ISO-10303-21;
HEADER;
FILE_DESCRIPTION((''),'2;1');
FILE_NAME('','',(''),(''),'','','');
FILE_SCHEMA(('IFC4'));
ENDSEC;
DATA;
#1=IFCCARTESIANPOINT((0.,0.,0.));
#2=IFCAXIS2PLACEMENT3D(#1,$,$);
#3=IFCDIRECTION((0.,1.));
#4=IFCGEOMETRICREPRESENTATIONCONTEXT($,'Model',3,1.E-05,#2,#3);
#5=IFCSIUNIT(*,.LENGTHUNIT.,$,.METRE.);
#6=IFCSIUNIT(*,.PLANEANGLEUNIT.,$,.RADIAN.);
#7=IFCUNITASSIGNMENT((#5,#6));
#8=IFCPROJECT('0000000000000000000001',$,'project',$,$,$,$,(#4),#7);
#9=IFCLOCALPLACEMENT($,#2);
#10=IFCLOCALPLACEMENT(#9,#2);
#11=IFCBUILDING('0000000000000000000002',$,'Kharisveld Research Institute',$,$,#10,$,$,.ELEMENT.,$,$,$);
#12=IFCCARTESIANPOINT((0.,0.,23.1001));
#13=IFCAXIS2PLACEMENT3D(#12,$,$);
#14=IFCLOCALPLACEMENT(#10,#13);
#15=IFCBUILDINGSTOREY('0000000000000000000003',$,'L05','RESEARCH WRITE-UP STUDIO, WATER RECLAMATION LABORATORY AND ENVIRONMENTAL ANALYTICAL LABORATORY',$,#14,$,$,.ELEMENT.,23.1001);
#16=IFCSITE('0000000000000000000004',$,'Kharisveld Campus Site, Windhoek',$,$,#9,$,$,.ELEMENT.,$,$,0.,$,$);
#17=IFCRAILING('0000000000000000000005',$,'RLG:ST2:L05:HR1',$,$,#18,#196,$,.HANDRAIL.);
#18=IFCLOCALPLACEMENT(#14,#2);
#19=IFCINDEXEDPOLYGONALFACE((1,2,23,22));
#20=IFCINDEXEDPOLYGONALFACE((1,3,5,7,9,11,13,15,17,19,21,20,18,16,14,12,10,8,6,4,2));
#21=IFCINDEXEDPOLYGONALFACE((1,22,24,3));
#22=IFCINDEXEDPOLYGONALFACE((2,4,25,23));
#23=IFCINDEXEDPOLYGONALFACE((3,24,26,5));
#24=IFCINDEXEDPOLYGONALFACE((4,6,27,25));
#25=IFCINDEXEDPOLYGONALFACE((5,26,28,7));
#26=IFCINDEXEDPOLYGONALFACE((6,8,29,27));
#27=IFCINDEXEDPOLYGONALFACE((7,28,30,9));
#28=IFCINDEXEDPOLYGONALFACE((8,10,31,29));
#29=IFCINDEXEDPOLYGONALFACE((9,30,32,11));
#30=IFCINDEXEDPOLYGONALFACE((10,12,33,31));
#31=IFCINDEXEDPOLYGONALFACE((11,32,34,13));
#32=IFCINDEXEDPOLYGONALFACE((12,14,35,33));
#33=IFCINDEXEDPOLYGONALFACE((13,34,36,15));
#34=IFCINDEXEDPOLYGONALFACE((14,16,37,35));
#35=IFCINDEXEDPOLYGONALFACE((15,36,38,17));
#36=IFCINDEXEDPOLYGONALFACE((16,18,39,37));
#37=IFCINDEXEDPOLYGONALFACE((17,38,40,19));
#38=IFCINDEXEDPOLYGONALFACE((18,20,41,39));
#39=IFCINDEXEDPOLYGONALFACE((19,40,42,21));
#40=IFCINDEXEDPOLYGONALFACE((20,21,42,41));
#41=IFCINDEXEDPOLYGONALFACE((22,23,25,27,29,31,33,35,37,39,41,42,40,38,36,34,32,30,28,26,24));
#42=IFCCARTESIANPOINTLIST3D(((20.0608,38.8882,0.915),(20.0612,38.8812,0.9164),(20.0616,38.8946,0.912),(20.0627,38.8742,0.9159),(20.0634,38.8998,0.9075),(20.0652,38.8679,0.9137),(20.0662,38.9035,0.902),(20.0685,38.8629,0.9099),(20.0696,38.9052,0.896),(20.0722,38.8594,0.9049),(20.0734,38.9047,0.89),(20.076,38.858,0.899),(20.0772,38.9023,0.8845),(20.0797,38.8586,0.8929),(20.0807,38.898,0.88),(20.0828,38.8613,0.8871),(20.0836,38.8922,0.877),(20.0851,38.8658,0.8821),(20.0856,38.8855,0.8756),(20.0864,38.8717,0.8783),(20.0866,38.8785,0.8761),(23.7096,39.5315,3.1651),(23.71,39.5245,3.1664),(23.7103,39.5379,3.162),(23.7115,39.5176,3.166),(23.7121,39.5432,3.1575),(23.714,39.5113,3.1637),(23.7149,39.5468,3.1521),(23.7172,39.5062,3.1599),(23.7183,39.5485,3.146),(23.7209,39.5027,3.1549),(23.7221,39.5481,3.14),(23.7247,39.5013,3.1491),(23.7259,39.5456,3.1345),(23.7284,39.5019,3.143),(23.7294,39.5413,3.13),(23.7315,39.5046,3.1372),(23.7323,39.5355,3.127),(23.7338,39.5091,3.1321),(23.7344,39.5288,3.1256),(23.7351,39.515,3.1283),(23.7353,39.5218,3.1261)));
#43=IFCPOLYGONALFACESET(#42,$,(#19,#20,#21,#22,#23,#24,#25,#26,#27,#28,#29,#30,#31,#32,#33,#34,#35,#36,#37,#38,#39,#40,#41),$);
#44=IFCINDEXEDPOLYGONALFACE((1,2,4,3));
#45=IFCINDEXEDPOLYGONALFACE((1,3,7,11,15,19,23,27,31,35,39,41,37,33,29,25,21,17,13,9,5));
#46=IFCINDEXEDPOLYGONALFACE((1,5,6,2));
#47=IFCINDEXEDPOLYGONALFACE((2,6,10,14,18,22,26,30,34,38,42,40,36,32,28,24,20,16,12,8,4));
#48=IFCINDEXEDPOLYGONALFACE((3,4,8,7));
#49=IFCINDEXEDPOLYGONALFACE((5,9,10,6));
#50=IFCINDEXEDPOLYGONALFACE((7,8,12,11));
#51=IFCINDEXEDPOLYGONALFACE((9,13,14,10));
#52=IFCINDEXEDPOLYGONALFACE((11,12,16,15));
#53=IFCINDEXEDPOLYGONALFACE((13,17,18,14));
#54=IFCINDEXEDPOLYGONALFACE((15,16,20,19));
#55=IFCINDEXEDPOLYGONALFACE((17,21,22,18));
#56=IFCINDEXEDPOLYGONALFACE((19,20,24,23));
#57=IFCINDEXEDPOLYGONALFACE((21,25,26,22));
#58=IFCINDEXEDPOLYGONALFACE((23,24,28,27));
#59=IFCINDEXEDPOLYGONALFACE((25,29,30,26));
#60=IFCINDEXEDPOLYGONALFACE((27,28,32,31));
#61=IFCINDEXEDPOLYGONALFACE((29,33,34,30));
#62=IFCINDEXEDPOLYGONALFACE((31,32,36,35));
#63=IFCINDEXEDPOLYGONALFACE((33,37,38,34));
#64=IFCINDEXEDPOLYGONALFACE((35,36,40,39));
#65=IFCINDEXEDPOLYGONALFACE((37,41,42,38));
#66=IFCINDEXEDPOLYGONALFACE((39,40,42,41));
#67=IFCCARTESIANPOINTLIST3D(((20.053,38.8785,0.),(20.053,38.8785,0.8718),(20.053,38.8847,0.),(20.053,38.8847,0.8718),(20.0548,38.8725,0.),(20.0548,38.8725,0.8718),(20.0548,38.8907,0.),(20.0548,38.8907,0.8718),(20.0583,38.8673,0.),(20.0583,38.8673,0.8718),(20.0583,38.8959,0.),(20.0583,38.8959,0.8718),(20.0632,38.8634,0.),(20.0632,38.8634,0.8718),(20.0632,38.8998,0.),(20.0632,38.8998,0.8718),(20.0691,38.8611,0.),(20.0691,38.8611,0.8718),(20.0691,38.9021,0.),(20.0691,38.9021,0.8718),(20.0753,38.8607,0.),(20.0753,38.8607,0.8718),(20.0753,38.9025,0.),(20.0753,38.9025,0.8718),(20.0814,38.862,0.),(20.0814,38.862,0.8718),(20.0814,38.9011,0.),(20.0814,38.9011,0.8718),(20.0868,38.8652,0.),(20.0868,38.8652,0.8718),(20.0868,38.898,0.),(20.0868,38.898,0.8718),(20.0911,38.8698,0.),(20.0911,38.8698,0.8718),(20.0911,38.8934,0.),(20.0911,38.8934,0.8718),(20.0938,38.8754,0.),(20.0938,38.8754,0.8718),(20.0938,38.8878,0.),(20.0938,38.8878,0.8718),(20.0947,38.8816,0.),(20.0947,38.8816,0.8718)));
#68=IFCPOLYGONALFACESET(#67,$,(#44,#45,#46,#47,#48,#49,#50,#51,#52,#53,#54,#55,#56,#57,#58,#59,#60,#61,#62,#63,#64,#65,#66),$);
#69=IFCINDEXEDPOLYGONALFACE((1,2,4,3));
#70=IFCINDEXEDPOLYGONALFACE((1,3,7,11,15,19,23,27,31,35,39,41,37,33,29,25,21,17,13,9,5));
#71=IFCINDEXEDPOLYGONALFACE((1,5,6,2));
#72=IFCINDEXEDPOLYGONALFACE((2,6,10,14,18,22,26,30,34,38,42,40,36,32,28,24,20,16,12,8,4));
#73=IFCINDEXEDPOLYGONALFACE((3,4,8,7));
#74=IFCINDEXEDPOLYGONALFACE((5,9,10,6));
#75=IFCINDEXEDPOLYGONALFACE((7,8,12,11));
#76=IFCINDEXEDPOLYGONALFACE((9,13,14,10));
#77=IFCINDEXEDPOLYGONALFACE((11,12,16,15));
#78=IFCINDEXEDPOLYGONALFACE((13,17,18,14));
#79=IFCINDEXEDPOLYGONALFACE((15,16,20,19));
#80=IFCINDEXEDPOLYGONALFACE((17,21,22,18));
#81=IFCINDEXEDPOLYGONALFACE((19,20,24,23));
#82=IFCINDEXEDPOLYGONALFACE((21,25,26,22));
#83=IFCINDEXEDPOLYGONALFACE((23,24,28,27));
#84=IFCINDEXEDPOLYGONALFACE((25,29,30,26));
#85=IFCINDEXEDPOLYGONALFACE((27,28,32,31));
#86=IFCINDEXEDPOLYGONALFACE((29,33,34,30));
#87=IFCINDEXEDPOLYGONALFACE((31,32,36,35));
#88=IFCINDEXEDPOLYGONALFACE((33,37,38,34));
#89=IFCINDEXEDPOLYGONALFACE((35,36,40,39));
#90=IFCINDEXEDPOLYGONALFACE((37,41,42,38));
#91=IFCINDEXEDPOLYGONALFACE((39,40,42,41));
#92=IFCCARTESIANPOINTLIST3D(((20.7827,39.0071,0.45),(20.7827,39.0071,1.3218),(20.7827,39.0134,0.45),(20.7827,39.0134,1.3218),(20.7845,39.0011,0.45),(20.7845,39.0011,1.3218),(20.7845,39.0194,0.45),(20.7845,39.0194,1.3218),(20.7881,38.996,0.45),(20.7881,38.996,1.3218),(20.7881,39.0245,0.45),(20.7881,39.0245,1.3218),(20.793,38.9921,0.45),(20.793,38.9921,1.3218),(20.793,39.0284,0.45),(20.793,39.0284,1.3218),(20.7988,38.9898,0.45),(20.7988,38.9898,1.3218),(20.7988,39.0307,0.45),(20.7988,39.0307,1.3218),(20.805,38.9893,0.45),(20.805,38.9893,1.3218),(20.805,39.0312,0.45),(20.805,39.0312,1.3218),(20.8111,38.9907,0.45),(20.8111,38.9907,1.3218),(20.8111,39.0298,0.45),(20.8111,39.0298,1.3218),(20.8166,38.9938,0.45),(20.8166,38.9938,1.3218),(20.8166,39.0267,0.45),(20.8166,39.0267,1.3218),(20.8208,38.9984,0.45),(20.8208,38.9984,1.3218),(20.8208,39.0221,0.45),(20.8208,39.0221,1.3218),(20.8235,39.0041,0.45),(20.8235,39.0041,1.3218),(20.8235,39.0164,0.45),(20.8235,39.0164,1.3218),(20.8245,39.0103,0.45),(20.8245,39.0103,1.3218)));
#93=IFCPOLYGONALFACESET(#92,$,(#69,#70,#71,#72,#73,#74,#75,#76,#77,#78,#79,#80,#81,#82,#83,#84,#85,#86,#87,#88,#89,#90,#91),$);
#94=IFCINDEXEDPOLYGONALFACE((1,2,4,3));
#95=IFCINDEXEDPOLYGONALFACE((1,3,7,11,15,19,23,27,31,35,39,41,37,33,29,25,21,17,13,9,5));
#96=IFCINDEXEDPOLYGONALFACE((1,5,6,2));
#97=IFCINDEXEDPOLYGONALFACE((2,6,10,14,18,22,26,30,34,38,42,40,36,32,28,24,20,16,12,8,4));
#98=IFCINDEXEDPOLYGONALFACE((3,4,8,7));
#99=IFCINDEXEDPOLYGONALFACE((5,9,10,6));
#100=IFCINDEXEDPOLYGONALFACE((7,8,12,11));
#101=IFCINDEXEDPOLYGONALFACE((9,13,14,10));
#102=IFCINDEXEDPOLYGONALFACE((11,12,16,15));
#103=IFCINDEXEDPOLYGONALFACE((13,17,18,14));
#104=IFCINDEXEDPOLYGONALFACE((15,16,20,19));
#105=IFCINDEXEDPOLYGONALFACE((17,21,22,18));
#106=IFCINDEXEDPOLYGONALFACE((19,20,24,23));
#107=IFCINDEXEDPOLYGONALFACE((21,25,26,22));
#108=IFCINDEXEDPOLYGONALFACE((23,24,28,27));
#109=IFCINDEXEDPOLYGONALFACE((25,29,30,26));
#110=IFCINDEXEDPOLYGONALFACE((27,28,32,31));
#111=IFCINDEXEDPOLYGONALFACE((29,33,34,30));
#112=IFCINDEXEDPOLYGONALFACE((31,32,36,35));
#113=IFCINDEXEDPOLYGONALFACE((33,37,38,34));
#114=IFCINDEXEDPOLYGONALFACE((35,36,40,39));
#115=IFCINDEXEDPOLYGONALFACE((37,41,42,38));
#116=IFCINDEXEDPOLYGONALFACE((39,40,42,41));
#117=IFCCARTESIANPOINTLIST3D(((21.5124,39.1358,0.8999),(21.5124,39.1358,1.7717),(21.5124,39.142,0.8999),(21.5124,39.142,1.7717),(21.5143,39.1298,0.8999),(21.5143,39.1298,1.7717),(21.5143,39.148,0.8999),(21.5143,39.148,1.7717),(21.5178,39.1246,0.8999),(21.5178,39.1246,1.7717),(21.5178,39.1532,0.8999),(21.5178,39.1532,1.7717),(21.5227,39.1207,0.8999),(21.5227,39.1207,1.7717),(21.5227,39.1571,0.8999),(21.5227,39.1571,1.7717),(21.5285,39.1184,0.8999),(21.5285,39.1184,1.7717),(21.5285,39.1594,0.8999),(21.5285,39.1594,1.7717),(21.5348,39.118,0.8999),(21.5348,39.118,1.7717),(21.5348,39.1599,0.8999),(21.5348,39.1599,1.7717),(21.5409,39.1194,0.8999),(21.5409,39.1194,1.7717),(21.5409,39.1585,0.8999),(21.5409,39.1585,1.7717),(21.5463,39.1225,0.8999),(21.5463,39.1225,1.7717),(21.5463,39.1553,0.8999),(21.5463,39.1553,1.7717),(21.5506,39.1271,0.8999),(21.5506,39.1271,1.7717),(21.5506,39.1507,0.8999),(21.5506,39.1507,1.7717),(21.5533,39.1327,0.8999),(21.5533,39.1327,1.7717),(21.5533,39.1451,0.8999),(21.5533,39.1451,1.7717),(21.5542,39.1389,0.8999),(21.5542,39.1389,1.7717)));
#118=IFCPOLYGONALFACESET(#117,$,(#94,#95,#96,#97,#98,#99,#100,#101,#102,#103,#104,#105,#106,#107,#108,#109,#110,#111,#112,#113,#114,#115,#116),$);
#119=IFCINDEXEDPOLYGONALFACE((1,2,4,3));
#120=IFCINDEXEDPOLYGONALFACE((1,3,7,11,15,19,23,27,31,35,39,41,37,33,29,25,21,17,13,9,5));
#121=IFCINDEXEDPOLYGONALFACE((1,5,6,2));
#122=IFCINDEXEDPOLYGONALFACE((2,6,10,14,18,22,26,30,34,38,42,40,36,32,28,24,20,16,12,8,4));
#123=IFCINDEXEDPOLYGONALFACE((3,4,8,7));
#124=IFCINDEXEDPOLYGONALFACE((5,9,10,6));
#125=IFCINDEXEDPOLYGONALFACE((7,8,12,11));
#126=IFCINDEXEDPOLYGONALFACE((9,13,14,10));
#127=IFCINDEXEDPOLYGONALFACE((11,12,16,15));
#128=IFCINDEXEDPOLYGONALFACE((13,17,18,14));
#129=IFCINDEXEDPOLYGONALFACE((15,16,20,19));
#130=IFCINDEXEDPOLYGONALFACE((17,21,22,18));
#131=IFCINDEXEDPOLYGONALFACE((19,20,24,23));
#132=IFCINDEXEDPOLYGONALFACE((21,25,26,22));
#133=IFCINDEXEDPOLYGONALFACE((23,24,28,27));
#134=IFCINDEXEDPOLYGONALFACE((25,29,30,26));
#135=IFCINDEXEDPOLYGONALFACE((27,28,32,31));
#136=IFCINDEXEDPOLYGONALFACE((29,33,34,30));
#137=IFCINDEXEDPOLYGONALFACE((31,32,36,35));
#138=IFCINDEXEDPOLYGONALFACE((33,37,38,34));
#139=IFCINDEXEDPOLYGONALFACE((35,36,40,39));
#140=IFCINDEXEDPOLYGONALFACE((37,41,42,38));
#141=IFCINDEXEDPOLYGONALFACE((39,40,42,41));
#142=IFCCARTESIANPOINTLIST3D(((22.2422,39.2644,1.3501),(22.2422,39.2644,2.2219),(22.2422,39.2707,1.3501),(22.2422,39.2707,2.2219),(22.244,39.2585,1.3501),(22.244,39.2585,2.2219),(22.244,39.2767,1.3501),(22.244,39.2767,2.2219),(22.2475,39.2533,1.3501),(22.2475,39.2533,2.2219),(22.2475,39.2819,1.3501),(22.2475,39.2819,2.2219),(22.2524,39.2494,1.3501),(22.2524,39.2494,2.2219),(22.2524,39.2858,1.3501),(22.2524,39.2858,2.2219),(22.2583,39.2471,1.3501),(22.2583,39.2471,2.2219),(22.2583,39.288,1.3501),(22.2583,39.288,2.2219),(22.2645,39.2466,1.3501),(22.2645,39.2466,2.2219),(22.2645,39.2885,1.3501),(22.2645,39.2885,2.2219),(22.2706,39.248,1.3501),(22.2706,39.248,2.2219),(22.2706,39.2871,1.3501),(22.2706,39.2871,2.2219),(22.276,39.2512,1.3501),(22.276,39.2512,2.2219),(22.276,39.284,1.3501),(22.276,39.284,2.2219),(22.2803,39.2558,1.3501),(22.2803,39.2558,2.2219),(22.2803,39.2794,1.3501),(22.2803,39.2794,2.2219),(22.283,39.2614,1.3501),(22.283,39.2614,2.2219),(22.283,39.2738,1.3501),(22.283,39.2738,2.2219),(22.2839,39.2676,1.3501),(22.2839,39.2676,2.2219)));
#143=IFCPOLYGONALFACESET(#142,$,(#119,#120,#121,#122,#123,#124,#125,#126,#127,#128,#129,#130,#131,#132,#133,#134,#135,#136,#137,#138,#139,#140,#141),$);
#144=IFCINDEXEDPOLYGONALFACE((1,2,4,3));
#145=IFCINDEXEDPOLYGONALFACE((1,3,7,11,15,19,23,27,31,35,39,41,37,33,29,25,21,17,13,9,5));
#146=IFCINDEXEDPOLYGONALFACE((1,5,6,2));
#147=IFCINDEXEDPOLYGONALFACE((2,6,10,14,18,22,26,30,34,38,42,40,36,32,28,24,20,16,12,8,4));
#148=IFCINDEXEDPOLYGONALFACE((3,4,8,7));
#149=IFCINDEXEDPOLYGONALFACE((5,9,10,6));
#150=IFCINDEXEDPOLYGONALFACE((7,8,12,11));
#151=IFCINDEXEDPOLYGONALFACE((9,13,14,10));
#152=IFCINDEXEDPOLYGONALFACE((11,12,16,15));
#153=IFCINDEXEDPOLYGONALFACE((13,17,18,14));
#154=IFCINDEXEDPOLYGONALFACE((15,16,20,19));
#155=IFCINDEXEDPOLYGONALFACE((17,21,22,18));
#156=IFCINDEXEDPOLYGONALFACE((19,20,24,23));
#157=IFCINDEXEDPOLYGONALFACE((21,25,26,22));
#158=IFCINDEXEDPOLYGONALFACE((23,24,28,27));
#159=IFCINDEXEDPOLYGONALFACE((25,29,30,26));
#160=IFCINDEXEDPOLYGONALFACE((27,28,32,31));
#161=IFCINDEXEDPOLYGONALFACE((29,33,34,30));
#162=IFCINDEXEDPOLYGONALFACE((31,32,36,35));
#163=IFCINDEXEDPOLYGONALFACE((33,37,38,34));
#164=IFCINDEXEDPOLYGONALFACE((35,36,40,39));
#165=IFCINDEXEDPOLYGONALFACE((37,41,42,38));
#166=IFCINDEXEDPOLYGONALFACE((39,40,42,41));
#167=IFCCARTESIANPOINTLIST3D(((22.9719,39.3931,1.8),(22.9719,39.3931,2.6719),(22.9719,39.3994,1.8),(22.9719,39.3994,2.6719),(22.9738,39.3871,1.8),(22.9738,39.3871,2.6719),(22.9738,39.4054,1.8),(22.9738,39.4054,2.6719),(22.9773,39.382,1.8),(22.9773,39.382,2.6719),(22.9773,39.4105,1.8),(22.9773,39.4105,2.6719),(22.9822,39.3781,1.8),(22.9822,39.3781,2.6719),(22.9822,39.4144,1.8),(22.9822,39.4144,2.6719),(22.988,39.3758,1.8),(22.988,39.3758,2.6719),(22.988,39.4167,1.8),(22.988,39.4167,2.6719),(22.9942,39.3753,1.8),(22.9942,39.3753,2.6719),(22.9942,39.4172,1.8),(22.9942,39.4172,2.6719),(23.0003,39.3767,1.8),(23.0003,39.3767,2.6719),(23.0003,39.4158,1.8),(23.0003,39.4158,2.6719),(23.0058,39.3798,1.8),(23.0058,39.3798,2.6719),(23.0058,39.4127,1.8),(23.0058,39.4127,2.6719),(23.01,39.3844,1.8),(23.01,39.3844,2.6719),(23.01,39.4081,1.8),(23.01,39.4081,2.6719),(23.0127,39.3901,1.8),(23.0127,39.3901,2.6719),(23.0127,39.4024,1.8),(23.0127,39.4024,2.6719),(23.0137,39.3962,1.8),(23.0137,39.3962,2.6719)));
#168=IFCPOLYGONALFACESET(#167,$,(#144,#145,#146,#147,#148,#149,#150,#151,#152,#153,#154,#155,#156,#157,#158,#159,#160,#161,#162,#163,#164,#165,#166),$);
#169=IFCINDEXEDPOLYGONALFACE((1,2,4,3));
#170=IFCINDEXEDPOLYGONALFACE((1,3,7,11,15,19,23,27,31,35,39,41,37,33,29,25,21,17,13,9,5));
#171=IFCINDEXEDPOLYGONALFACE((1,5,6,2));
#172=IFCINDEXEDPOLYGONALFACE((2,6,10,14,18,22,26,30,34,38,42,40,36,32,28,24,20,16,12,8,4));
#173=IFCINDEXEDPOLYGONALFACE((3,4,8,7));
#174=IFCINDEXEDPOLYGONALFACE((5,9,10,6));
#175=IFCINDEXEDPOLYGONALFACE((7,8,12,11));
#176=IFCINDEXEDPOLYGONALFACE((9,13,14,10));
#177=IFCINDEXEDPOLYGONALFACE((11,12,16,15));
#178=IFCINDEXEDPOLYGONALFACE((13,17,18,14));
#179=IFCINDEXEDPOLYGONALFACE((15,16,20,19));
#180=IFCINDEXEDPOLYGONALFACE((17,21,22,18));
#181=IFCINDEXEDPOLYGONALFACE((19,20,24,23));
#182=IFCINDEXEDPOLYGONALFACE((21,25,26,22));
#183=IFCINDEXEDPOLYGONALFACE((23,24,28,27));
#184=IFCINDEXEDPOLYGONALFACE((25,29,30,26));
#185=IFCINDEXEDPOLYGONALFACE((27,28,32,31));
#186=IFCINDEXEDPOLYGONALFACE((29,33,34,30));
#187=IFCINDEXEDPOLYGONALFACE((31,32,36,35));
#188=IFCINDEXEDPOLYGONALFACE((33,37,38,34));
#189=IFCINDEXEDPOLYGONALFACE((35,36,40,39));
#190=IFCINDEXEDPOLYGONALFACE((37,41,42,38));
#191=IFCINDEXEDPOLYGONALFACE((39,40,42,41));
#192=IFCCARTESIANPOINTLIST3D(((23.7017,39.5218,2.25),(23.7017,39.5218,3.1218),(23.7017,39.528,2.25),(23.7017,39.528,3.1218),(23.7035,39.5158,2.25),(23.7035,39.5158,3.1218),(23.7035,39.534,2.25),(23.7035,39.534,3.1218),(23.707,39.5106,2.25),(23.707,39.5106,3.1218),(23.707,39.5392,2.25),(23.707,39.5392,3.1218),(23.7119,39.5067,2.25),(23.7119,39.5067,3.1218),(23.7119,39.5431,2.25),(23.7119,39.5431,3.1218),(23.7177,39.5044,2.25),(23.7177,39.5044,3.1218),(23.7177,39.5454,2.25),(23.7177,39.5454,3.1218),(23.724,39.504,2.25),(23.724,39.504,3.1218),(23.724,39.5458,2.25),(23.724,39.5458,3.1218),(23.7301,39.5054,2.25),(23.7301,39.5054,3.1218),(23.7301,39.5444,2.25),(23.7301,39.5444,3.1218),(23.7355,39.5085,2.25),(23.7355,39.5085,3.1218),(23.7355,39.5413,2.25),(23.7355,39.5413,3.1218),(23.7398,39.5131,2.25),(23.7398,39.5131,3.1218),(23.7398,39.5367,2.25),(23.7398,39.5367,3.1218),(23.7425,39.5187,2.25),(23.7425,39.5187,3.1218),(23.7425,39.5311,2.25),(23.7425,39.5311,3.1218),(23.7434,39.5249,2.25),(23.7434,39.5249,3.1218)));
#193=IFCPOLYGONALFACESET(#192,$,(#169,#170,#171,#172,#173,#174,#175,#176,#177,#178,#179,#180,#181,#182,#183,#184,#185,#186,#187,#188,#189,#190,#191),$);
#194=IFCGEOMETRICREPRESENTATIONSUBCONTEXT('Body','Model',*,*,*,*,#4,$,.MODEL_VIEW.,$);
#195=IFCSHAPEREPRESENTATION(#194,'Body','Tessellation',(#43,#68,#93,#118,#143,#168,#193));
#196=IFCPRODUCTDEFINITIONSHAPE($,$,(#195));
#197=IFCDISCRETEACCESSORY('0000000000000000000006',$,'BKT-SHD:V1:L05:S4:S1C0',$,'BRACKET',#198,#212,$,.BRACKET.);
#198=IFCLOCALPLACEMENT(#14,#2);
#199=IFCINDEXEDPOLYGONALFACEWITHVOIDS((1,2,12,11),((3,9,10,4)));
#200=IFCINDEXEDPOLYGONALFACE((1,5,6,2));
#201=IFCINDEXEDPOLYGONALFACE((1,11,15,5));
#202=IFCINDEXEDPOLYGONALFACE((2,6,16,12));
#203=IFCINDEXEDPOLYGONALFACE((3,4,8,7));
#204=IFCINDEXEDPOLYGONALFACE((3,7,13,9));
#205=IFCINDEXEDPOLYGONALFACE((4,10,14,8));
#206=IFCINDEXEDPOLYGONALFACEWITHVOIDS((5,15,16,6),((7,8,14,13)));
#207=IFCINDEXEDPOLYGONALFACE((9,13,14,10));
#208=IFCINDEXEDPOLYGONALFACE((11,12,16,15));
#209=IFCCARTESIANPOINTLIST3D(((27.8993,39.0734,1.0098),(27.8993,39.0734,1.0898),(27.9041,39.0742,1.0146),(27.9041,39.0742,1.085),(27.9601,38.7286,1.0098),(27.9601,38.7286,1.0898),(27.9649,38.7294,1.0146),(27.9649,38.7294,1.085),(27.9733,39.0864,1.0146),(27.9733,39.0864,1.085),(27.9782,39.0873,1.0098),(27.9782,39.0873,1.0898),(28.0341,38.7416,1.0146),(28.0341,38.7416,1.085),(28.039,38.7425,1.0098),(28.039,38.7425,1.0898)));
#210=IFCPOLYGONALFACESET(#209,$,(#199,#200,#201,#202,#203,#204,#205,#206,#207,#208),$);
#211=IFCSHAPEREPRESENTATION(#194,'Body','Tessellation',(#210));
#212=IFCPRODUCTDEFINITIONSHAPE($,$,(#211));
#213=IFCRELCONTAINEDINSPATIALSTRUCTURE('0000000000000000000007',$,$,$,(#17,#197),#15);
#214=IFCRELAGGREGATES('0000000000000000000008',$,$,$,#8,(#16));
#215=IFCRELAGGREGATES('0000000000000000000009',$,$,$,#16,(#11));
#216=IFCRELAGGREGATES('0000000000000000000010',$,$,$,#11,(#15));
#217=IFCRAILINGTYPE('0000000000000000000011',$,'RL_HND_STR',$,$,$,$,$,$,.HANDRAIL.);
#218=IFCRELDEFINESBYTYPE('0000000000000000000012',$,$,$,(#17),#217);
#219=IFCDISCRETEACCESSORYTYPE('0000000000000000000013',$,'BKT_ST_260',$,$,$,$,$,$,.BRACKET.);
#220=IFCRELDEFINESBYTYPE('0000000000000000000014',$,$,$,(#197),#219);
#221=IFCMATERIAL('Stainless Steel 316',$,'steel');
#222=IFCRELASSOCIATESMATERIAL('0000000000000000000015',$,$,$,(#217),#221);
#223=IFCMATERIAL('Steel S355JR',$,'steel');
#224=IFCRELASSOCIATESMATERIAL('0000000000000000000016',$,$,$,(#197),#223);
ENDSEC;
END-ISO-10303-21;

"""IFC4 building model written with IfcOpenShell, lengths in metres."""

from ifc_helpers import new_model, si_unit, direction, frame, origin, origin_2d, place, context, subcontext, project, spatial, hollow_rectangle, circle, extrude, material, type_object, element, save


model = new_model("IFC4")

# Units and contexts
model_context = context("Model", 3, precision=1e-05, world=origin(), true_north=direction((0.0, 1.0)))
body_context = subcontext(model_context, "Body", "Model", "MODEL_VIEW")
ifc_project = project(units=[si_unit("LENGTHUNIT", "METRE"), si_unit("PLANEANGLEUNIT", "RADIAN")], contexts=[model_context])

# Site, building, storey
site_placement = place(None, origin())
site = spatial("IfcSite", under=ifc_project, at=site_placement, Name="Kharisveld Campus Site, Windhoek", CompositionType="ELEMENT", RefElevation=0.0)
building_placement = place(site_placement, origin())
building = spatial("IfcBuilding", under=site, at=building_placement, Name="Kharisveld Research Institute", CompositionType="ELEMENT")
storey_placement = place(building_placement, frame((0.0, 0.0, 23.1001)))
storey = spatial("IfcBuildingStorey", under=building, at=storey_placement, Name="L05", Description="RESEARCH WRITE-UP STUDIO, WATER RECLAMATION LABORATORY AND ENVIRONMENTAL ANALYTICAL LABORATORY", CompositionType="ELEMENT", Elevation=23.1001)

# Railing
ifc_material_1 = material(Name="Stainless Steel 316", Category="steel")
railing_type_1 = type_object("IfcRailingType", Name="RL_HND_STR", PredefinedType="HANDRAIL", material=ifc_material_1)
railing_1_placement = place(storey_placement, frame((20.0737, 38.8816, 0.0)))
element("IfcRailing", 1, at=railing_1_placement, inside=storey, type_object=railing_type_1, Name="RLG:ST2:L05:HR1", PredefinedType="HANDRAIL", context=body_context, shape_type="SweptSolid", body=[
    extrude(circle(Radius=0.0239, at=origin_2d()), frame((0.0, 0.0, 0.896), z_axis=(0.841747, 0.148411, 0.519073), x_axis=(-0.173635, 0.98481, 0.0)), (0.0, 0.0, 1.0), 4.3347),
    extrude(circle(Radius=0.021, at=origin_2d()), origin(), (0.0, 0.0, 1.0), 0.8718),
    extrude(circle(Radius=0.021, at=origin_2d()), frame((0.7297, 0.1287, 0.45)), (0.0, 0.0, 1.0), 0.8718),
    extrude(circle(Radius=0.021, at=origin_2d()), frame((1.4595, 0.2573, 0.8999)), (0.0, 0.0, 1.0), 0.8718),
    extrude(circle(Radius=0.021, at=origin_2d()), frame((2.1892, 0.386, 1.3501)), (0.0, 0.0, 1.0), 0.8718),
    extrude(circle(Radius=0.021, at=origin_2d()), frame((2.9189, 0.5146, 1.8)), (0.0, 0.0, 1.0), 0.8718),
    extrude(circle(Radius=0.021, at=origin_2d()), frame((3.6487, 0.6433, 2.25)), (0.0, 0.0, 1.0), 0.8718),
])

# Discrete accessory
ifc_material_2 = material(Name="Steel S355JR", Category="steel")
discrete_accessory_type = type_object("IfcDiscreteAccessoryType", Name="BKT_ST_260", PredefinedType="BRACKET")
for number, where, z_axis, x_axis, name in (
    (2, (27.9387, 39.0803, 1.0498), (0.173666, -0.984805, 0.0), (0.984805, 0.173666, 0.0), "BKT-SHD:V1:L05:S4:S1C0"),
):
    element("IfcDiscreteAccessory", number, at=place(storey_placement, frame(where, z_axis=z_axis, x_axis=x_axis)), inside=storey, type_object=discrete_accessory_type, material=ifc_material_2, Name=name, ObjectType="BRACKET", PredefinedType="BRACKET", context=body_context, shape_type="SweptSolid", body=[
        extrude(hollow_rectangle(XDim=0.0801, YDim=0.0801, WallThickness=0.0049, at=origin_2d()), origin(), (0.0, 0.0, 1.0), 0.3501),
    ])

save(model, "model.ifc")
